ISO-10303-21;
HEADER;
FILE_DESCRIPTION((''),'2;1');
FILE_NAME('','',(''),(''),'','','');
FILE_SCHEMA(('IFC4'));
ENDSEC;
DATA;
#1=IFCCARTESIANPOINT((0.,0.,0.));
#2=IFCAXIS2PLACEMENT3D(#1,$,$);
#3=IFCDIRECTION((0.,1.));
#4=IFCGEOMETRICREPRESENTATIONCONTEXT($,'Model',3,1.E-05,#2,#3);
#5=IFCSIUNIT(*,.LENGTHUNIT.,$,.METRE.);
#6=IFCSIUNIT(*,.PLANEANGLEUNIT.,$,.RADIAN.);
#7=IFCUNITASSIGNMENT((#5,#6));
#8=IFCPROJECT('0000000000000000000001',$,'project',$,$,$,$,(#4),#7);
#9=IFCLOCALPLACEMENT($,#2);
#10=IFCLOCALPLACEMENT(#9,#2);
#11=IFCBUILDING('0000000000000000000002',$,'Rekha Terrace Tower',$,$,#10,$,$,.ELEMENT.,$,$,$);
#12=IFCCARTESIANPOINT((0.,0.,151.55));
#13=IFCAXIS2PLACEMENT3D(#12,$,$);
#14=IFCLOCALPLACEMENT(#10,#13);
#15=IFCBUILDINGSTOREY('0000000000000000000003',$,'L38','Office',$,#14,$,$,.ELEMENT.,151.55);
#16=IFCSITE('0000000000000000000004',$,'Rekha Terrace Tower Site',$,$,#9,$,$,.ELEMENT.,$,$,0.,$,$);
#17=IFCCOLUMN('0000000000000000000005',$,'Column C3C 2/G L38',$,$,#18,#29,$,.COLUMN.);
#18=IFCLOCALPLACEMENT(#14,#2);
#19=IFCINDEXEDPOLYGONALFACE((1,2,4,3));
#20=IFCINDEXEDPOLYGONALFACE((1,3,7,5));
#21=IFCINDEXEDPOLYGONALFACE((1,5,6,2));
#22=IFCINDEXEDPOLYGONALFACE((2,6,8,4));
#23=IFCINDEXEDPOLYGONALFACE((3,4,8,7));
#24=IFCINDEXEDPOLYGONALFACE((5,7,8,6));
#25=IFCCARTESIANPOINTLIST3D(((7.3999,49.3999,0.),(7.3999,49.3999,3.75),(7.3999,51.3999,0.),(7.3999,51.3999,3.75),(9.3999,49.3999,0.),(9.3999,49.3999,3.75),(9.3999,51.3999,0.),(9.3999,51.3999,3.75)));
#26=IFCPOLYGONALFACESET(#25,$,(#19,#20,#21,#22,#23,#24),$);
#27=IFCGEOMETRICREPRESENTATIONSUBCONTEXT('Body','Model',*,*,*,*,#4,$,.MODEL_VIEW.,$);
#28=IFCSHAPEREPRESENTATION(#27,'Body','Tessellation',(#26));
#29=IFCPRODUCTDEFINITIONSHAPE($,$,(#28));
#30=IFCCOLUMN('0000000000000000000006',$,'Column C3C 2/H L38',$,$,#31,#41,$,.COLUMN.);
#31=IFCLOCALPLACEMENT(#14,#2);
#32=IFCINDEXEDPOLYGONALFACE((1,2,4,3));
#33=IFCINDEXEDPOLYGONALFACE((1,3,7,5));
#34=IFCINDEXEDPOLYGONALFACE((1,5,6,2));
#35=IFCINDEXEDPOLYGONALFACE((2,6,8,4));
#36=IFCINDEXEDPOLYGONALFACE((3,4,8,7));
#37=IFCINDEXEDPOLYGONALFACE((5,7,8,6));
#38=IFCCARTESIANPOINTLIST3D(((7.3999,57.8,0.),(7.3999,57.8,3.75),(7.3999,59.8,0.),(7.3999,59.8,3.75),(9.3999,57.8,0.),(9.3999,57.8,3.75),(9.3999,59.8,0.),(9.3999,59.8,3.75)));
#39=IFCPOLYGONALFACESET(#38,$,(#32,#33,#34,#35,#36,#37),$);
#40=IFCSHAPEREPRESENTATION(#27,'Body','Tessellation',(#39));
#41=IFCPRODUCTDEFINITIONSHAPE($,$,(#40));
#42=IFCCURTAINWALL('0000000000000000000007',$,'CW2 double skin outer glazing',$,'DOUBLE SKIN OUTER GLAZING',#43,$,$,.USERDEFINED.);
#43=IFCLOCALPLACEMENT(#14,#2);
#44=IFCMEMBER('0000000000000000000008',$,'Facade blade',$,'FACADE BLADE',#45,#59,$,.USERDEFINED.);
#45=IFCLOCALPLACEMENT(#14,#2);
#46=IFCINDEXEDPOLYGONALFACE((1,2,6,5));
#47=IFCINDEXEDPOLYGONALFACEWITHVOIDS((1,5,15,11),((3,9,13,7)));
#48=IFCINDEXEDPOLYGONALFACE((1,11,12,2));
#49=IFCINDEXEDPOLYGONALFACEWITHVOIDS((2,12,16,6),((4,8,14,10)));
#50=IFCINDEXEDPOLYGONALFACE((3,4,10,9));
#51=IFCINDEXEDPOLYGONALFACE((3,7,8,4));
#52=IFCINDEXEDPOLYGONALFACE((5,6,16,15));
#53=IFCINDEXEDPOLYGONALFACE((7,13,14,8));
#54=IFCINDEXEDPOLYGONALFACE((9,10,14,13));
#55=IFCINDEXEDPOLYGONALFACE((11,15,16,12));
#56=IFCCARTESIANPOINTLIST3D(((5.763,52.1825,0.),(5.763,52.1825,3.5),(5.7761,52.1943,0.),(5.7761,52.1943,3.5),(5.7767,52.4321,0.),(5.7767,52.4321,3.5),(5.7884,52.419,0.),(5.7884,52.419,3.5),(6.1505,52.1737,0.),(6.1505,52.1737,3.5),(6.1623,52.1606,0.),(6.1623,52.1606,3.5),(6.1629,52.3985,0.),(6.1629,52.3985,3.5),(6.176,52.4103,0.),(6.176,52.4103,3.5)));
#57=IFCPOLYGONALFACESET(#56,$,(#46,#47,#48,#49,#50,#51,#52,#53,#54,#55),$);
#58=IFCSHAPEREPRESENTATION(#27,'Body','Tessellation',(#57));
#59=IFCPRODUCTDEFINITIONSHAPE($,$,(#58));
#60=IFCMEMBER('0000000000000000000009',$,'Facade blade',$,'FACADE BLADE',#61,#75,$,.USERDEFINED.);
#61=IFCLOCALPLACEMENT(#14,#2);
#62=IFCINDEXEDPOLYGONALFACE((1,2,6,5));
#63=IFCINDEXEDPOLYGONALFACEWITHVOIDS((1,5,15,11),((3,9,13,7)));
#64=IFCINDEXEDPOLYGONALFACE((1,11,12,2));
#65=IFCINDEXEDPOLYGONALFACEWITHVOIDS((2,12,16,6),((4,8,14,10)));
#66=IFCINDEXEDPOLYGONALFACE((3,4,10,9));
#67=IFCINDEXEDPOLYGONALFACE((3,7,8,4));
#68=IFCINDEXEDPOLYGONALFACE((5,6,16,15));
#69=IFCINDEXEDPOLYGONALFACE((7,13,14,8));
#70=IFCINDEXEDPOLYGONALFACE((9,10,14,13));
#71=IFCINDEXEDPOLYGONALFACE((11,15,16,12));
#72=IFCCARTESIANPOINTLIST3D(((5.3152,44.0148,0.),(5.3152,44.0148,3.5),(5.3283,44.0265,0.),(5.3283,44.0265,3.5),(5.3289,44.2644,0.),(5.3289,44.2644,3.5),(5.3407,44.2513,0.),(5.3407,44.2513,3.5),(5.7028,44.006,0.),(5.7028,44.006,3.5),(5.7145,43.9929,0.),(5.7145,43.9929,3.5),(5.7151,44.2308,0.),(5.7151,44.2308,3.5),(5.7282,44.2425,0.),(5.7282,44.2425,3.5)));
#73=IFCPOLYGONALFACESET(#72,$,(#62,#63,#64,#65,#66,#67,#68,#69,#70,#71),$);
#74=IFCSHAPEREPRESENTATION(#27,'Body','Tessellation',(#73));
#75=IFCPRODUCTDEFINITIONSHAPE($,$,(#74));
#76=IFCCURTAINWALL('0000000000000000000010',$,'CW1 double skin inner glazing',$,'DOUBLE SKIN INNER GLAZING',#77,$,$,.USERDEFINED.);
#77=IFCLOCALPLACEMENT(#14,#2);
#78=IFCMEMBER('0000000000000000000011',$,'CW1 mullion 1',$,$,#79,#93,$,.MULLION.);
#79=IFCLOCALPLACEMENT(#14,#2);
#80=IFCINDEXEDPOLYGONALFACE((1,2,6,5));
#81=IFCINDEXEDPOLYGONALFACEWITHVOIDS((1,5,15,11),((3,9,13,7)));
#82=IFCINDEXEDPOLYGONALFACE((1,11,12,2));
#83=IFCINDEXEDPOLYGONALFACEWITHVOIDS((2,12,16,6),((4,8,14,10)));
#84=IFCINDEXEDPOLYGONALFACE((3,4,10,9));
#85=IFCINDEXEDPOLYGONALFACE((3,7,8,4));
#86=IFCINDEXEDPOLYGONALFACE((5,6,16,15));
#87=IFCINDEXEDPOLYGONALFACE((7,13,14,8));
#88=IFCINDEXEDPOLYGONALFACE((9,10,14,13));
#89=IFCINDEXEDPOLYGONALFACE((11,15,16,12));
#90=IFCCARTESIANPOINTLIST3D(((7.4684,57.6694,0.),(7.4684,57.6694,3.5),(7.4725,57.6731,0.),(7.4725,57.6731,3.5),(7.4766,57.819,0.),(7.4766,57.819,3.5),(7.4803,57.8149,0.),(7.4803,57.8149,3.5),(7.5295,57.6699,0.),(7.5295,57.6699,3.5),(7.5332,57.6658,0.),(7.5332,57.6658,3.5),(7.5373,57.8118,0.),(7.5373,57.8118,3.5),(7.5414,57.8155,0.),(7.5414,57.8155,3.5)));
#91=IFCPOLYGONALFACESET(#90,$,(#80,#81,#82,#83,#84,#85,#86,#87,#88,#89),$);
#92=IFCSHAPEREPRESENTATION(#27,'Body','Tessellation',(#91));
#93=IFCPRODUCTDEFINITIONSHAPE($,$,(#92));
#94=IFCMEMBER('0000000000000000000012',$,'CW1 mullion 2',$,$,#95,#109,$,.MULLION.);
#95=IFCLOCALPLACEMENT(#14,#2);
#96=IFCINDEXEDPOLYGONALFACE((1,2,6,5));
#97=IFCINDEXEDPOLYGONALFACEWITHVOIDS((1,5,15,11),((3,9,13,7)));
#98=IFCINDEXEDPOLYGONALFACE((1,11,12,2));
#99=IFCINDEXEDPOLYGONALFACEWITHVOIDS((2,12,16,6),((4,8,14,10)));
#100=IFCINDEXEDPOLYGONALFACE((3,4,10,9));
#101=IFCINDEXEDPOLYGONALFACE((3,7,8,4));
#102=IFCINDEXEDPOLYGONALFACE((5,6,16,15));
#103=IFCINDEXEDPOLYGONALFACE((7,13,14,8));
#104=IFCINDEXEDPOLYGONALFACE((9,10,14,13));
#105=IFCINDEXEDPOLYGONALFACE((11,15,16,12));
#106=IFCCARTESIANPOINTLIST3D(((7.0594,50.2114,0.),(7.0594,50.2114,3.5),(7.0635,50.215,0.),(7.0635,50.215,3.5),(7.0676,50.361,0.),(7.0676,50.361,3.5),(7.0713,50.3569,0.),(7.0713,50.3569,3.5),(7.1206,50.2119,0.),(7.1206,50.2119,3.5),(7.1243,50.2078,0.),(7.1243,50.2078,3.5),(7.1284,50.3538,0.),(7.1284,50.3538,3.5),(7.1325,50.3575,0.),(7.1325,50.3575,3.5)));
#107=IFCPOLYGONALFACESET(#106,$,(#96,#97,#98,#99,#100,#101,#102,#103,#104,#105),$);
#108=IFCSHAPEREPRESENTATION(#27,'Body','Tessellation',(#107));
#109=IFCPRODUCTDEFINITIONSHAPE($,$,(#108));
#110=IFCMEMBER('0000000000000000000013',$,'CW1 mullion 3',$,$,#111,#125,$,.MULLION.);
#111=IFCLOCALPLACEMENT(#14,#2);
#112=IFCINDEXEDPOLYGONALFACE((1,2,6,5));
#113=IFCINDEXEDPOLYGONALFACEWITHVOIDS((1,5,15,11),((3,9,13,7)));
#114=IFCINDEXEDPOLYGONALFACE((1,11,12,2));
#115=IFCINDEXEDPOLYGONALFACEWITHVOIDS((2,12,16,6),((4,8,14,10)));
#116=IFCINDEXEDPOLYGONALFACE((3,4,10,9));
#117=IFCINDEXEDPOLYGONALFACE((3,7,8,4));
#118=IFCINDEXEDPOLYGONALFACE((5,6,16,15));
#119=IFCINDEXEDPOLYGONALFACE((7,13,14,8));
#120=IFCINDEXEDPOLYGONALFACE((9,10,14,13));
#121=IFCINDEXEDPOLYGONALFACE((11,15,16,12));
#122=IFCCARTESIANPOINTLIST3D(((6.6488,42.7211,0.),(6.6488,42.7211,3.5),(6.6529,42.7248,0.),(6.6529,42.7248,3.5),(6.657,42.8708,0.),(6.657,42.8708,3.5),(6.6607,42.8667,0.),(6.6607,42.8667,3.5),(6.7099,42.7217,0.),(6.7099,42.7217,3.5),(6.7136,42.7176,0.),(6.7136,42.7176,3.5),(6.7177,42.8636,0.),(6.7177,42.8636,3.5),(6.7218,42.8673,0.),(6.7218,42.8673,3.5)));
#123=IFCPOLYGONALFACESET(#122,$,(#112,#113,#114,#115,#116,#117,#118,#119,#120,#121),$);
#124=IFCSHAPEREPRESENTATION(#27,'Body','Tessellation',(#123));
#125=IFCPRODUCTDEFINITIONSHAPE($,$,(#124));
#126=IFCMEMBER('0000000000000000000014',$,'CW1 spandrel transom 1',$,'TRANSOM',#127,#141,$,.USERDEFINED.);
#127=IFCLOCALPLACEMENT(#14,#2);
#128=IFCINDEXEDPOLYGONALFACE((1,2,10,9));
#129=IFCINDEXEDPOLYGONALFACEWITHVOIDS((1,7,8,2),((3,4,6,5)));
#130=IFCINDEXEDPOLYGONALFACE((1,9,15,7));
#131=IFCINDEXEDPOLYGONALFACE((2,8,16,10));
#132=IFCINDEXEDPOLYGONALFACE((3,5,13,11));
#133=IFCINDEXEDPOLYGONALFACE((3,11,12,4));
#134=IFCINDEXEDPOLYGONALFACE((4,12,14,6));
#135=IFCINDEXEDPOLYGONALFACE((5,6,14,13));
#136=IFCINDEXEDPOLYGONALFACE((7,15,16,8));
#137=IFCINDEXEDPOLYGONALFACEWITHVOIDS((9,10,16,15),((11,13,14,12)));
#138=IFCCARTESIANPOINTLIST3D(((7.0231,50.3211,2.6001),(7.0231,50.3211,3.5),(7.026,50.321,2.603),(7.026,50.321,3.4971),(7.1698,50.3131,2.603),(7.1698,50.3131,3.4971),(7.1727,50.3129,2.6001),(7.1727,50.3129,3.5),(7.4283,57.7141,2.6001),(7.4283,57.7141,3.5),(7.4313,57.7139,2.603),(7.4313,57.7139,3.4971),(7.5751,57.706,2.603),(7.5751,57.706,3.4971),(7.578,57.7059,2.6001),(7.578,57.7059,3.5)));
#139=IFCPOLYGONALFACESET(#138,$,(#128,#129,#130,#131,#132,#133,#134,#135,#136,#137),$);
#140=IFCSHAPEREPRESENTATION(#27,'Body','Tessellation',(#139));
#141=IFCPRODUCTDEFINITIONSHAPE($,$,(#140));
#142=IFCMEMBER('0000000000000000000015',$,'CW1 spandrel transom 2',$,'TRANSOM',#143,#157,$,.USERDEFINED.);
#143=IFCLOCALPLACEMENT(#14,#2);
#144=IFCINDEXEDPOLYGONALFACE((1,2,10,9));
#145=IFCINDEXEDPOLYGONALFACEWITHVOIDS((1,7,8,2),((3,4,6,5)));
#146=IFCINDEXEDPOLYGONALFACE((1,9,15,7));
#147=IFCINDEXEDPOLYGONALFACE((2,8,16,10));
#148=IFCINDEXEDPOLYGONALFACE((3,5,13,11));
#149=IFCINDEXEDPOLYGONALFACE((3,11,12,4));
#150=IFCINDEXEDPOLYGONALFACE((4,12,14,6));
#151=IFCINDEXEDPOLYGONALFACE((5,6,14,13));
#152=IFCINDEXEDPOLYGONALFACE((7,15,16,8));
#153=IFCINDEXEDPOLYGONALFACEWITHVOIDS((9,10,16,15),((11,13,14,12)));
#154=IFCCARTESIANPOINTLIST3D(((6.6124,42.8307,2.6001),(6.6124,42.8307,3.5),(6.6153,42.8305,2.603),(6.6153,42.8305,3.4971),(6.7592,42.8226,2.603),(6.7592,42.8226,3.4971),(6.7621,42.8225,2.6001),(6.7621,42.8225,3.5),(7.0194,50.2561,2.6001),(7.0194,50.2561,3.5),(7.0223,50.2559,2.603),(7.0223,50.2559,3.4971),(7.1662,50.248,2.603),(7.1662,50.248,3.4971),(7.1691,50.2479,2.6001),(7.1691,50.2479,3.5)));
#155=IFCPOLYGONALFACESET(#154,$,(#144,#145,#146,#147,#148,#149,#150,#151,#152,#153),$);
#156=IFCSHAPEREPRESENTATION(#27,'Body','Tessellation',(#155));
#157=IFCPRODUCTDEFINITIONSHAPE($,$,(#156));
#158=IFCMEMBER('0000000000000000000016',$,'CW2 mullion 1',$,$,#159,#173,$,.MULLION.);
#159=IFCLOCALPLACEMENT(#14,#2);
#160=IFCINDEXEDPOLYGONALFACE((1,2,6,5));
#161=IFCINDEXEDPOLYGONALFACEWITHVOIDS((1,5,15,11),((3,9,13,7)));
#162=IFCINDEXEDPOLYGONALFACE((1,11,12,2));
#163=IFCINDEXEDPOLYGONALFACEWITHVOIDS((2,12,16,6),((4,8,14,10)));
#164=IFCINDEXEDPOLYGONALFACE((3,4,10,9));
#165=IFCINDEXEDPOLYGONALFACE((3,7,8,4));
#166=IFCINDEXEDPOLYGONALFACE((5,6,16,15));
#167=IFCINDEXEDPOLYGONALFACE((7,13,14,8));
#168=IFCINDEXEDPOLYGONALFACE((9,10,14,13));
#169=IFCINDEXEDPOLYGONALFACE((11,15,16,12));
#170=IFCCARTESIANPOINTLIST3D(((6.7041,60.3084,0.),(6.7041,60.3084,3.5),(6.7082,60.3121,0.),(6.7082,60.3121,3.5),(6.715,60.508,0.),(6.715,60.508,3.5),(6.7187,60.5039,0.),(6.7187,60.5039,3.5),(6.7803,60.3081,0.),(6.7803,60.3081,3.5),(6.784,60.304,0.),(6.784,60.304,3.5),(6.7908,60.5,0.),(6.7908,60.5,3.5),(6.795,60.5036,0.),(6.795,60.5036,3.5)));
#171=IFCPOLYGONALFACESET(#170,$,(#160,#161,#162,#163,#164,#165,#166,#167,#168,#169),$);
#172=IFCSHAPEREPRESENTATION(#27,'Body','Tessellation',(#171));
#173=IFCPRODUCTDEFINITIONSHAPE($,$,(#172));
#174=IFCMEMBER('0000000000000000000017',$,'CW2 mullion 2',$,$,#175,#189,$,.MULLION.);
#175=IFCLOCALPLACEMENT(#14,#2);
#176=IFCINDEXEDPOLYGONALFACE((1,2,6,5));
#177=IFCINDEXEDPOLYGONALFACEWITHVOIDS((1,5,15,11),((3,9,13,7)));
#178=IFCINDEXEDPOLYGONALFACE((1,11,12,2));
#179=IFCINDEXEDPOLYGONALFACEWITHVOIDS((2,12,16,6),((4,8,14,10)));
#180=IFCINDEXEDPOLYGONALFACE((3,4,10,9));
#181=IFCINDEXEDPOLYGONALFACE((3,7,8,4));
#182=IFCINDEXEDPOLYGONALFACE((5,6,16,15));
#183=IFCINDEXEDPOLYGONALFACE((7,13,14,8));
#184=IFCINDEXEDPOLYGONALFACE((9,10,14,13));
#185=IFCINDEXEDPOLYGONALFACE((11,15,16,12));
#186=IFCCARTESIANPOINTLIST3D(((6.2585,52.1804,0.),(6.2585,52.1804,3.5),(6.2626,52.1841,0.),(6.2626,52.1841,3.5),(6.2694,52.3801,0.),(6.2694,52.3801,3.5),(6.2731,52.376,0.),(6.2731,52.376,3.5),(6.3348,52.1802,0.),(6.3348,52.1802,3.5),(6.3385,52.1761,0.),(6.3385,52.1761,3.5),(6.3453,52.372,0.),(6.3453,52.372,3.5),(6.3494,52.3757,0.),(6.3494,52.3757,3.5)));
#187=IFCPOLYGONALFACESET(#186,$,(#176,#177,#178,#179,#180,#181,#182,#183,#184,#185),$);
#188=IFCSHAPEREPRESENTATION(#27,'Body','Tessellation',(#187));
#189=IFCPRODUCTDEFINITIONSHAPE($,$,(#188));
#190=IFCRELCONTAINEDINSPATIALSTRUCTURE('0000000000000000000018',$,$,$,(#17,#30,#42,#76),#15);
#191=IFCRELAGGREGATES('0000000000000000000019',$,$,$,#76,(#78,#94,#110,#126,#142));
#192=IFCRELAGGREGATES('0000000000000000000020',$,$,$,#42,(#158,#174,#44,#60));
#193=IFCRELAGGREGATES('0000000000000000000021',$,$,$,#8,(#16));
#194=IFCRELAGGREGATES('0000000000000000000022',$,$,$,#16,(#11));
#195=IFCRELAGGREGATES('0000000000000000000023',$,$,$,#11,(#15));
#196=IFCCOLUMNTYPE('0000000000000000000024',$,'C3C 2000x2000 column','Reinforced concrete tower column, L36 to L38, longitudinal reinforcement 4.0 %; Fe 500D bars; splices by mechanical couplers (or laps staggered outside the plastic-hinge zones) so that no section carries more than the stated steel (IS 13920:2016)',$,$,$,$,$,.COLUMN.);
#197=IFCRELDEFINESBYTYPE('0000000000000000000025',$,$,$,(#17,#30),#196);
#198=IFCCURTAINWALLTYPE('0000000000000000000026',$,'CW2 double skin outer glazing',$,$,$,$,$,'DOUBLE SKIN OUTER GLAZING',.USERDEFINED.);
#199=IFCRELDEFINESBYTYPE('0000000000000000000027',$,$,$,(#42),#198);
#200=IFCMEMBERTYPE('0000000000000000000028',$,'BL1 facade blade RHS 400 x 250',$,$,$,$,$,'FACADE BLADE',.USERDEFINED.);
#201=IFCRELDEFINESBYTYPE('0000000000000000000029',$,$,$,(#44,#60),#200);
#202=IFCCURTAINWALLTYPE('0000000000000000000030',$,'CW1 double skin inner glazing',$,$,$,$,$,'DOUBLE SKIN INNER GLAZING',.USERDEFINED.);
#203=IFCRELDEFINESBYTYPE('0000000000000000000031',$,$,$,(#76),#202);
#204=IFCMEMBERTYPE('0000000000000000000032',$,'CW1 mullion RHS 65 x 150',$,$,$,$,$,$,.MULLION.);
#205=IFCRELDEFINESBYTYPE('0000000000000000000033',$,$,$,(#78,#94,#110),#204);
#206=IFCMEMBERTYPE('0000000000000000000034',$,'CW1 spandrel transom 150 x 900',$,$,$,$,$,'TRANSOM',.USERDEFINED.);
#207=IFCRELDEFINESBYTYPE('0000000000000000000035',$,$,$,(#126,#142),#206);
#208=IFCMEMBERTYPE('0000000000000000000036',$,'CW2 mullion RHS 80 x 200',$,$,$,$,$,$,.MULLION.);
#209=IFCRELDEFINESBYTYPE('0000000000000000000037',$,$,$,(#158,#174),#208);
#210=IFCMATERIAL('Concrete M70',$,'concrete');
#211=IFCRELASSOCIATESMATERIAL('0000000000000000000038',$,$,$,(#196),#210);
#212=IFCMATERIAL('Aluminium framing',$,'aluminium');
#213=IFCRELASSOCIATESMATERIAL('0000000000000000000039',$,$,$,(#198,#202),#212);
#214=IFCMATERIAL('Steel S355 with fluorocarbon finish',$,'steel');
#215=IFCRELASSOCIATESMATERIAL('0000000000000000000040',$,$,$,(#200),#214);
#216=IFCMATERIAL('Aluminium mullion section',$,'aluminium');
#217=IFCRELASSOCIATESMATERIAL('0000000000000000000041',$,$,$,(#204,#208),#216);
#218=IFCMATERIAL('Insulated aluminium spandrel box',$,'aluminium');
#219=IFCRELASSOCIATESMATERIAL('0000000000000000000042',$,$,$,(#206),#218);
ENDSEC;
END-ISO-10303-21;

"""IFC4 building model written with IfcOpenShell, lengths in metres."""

from ifc_helpers import new_model, si_unit, direction, frame, origin, origin_2d, place, context, subcontext, project, spatial, rectangle, hollow_rectangle, extrude, material, material_profile, profile_set, type_object, element, aggregate, save


model = new_model("IFC4")

# Units and contexts
model_context = context("Model", 3, precision=1e-05, world=origin(), true_north=direction((0.0, 1.0)))
body_context = subcontext(model_context, "Body", "Model", "MODEL_VIEW")
ifc_project = project(units=[si_unit("LENGTHUNIT", "METRE"), si_unit("PLANEANGLEUNIT", "RADIAN")], contexts=[model_context])

# Site, building, storey
site_placement = place(None, origin())
site = spatial("IfcSite", under=ifc_project, at=site_placement, Name="Rekha Terrace Tower Site", CompositionType="ELEMENT", RefElevation=0.0)
building_placement = place(site_placement, origin())
building = spatial("IfcBuilding", under=site, at=building_placement, Name="Rekha Terrace Tower", CompositionType="ELEMENT")
storey_placement = place(building_placement, frame((0.0, 0.0, 151.55)))
storey = spatial("IfcBuildingStorey", under=building, at=storey_placement, Name="L38", Description="Office", CompositionType="ELEMENT", Elevation=151.55)

# Columns
ifc_material_1 = material(Name="Concrete M70", Category="concrete")
ifc_material_profile_1 = material_profile(ifc_material_1, rectangle(XDim=2.0, YDim=2.0, at=origin_2d()), Name="RC 2000x2000")
ifc_profile_set_1 = profile_set([ifc_material_profile_1], Name="Concrete M70")
column_type = type_object("IfcColumnType", Name="C3C 2000x2000 column", Description="Reinforced concrete tower column, L36 to L38, longitudinal reinforcement 4.0 %; Fe 500D bars; splices by mechanical couplers (or laps staggered outside the plastic-hinge zones) so that no section carries more than the stated steel (IS 13920:2016)", PredefinedType="COLUMN", material=ifc_profile_set_1)
for number, where, z_axis, x_axis, name in (
    (1, (8.3999, 50.3999, 0.0), (0.0, 0.0, 1.0), (1.0, 0.0, 0.0), "Column C3C 2/G L38"),
    (2, (8.3999, 58.8, 0.0), (0.0, 0.0, 1.0), (1.0, 0.0, 0.0), "Column C3C 2/H L38"),
):
    element("IfcColumn", number, at=place(storey_placement, frame(where, z_axis=z_axis, x_axis=x_axis)), inside=storey, type_object=column_type, Name=name, PredefinedType="COLUMN", context=body_context, shape_type="SweptSolid", body=[
        extrude(rectangle(XDim=2.0, YDim=2.0, at=origin_2d()), origin(), (0.0, 0.0, 1.0), 3.75),
    ])

# Curtain walls, members
ifc_material_2 = material(Name="Aluminium framing", Category="aluminium")
curtain_wall_type_1 = type_object("IfcCurtainWallType", Name="CW2 double skin outer glazing", ElementType="DOUBLE SKIN OUTER GLAZING", PredefinedType="USERDEFINED", material=ifc_material_2)
curtain_wall_1_placement = place(storey_placement, origin())
curtain_wall_1 = element("IfcCurtainWall", 3, at=curtain_wall_1_placement, inside=storey, type_object=curtain_wall_type_1, Name="CW2 double skin outer glazing", ObjectType="DOUBLE SKIN OUTER GLAZING", PredefinedType="USERDEFINED")
ifc_material_3 = material(Name="Steel S355 with fluorocarbon finish", Category="steel")
ifc_material_profile_2 = material_profile(ifc_material_3, hollow_rectangle(XDim=0.25, YDim=0.3999, WallThickness=0.0125, at=origin_2d()), Name="RHS400x250x12.5")
ifc_profile_set_2 = profile_set([ifc_material_profile_2], Name="Steel S355 with fluorocarbon finish")
member_type_1 = type_object("IfcMemberType", Name="BL1 facade blade RHS 400 x 250", ElementType="FACADE BLADE", PredefinedType="USERDEFINED", material=ifc_profile_set_2)
member_1_placement = place(storey_placement, frame((5.9695, 52.2964, 0.0), z_axis=(0.0, 0.0, 1.0), x_axis=(-0.054743, -0.9985, 0.0)))
member_1 = element("IfcMember", 4, at=member_1_placement, type_object=member_type_1, Name="Facade blade", ObjectType="FACADE BLADE", PredefinedType="USERDEFINED", context=body_context, shape_type="SweptSolid", body=[
    extrude(hollow_rectangle(XDim=0.25, YDim=0.3999, WallThickness=0.0125, at=origin_2d()), origin(), (0.0, 0.0, 1.0), 3.5),
])
member_2_placement = place(storey_placement, frame((5.5217, 44.1287, 0.0), z_axis=(0.0, 0.0, 1.0), x_axis=(-0.054743, -0.9985, 0.0)))
member_2 = element("IfcMember", 5, at=member_2_placement, type_object=member_type_1, Name="Facade blade", ObjectType="FACADE BLADE", PredefinedType="USERDEFINED", context=body_context, shape_type="SweptSolid", body=[
    extrude(hollow_rectangle(XDim=0.25, YDim=0.3999, WallThickness=0.0125, at=origin_2d()), origin(), (0.0, 0.0, 1.0), 3.5),
])
curtain_wall_type_2 = type_object("IfcCurtainWallType", Name="CW1 double skin inner glazing", ElementType="DOUBLE SKIN INNER GLAZING", PredefinedType="USERDEFINED", material=ifc_material_2)
curtain_wall_2_placement = place(storey_placement, origin())
curtain_wall_2 = element("IfcCurtainWall", 6, at=curtain_wall_2_placement, inside=storey, type_object=curtain_wall_type_2, Name="CW1 double skin inner glazing", ObjectType="DOUBLE SKIN INNER GLAZING", PredefinedType="USERDEFINED")
ifc_material_4 = material(Name="Aluminium mullion section", Category="aluminium")
ifc_material_profile_3 = material_profile(ifc_material_4, hollow_rectangle(XDim=0.0649, YDim=0.1499, WallThickness=0.0039, at=origin_2d()), Name="AL RHS 65x150")
ifc_profile_set_3 = profile_set([ifc_material_profile_3], Name="Aluminium mullion section")
member_type_2 = type_object("IfcMemberType", Name="CW1 mullion RHS 65 x 150", PredefinedType="MULLION", material=ifc_profile_set_3)
member_3_placement = place(storey_placement, frame((7.5049, 57.7424, 0.0), z_axis=(0.0, 0.0, 1.0), x_axis=(0.998501, -0.054742, 0.0)))
member_3 = element("IfcMember", 7, at=member_3_placement, type_object=member_type_2, Name="CW1 mullion 1", PredefinedType="MULLION", context=body_context, shape_type="SweptSolid", body=[
    extrude(hollow_rectangle(XDim=0.0649, YDim=0.1499, WallThickness=0.0039, at=origin_2d()), origin(), (0.0, 0.0, 1.0), 3.5),
])
member_4_placement = place(storey_placement, frame((7.0959, 50.2844, 0.0), z_axis=(0.0, 0.0, 1.0), x_axis=(0.998501, -0.054742, 0.0)))
member_4 = element("IfcMember", 8, at=member_4_placement, type_object=member_type_2, Name="CW1 mullion 2", PredefinedType="MULLION", context=body_context, shape_type="SweptSolid", body=[
    extrude(hollow_rectangle(XDim=0.0649, YDim=0.1499, WallThickness=0.0039, at=origin_2d()), origin(), (0.0, 0.0, 1.0), 3.5),
])
member_5_placement = place(storey_placement, frame((6.6853, 42.7942, 0.0), z_axis=(0.0, 0.0, 1.0), x_axis=(0.998501, -0.054742, 0.0)))
member_5 = element("IfcMember", 9, at=member_5_placement, type_object=member_type_2, Name="CW1 mullion 3", PredefinedType="MULLION", context=body_context, shape_type="SweptSolid", body=[
    extrude(hollow_rectangle(XDim=0.0649, YDim=0.1499, WallThickness=0.0039, at=origin_2d()), origin(), (0.0, 0.0, 1.0), 3.5),
])
ifc_material_5 = material(Name="Insulated aluminium spandrel box", Category="aluminium")
ifc_material_profile_4 = material_profile(ifc_material_5, hollow_rectangle(XDim=0.1499, YDim=0.8999, WallThickness=0.0029, at=origin_2d()), Name="AL SPANDREL BOX 150x900")
ifc_profile_set_4 = profile_set([ifc_material_profile_4], Name="Insulated aluminium spandrel box")
member_type_3 = type_object("IfcMemberType", Name="CW1 spandrel transom 150 x 900", ElementType="TRANSOM", PredefinedType="USERDEFINED", material=ifc_profile_set_4)
member_6_placement = place(storey_placement, frame((7.5032, 57.71, 3.05), z_axis=(-0.054736, -0.998501, 0.0), x_axis=(0.998501, -0.054736, 0.0)))
member_6 = element("IfcMember", 10, at=member_6_placement, type_object=member_type_3, Name="CW1 spandrel transom 1", ObjectType="TRANSOM", PredefinedType="USERDEFINED", context=body_context, shape_type="SweptSolid", body=[
    extrude(hollow_rectangle(XDim=0.1499, YDim=0.8999, WallThickness=0.0029, at=origin_2d()), origin(), (0.0, 0.0, 1.0), 7.4041),
])
member_7_placement = place(storey_placement, frame((7.0942, 50.252, 3.05), z_axis=(-0.054728, -0.998501, 0.0), x_axis=(0.998501, -0.054728, 0.0)))
member_7 = element("IfcMember", 11, at=member_7_placement, type_object=member_type_3, Name="CW1 spandrel transom 2", ObjectType="TRANSOM", PredefinedType="USERDEFINED", context=body_context, shape_type="SweptSolid", body=[
    extrude(hollow_rectangle(XDim=0.1499, YDim=0.8999, WallThickness=0.0029, at=origin_2d()), origin(), (0.0, 0.0, 1.0), 7.4365),
])

# Members
ifc_material_profile_5 = material_profile(ifc_material_4, hollow_rectangle(XDim=0.0801, YDim=0.2, WallThickness=0.0039, at=origin_2d()), Name="AL RHS 80x200")
ifc_profile_set_5 = profile_set([ifc_material_profile_5], Name="Aluminium mullion section")
member_type_4 = type_object("IfcMemberType", Name="CW2 mullion RHS 80 x 200", PredefinedType="MULLION", material=ifc_profile_set_5)
member_8_placement = place(storey_placement, frame((6.7495, 60.406, 0.0), z_axis=(0.0, 0.0, 1.0), x_axis=(0.998501, -0.054742, 0.0)))
member_8 = element("IfcMember", 12, at=member_8_placement, type_object=member_type_4, Name="CW2 mullion 1", PredefinedType="MULLION", context=body_context, shape_type="SweptSolid", body=[
    extrude(hollow_rectangle(XDim=0.0801, YDim=0.2, WallThickness=0.0039, at=origin_2d()), origin(), (0.0, 0.0, 1.0), 3.5),
])
member_9_placement = place(storey_placement, frame((6.304, 52.2781, 0.0), z_axis=(0.0, 0.0, 1.0), x_axis=(0.998501, -0.054742, 0.0)))
member_9 = element("IfcMember", 13, at=member_9_placement, type_object=member_type_4, Name="CW2 mullion 2", PredefinedType="MULLION", context=body_context, shape_type="SweptSolid", body=[
    extrude(hollow_rectangle(XDim=0.0801, YDim=0.2, WallThickness=0.0039, at=origin_2d()), origin(), (0.0, 0.0, 1.0), 3.5),
])

aggregate(curtain_wall_2, [member_3, member_4, member_5, member_6, member_7])
aggregate(curtain_wall_1, [member_8, member_9, member_1, member_2])

save(model, "model.ifc")
